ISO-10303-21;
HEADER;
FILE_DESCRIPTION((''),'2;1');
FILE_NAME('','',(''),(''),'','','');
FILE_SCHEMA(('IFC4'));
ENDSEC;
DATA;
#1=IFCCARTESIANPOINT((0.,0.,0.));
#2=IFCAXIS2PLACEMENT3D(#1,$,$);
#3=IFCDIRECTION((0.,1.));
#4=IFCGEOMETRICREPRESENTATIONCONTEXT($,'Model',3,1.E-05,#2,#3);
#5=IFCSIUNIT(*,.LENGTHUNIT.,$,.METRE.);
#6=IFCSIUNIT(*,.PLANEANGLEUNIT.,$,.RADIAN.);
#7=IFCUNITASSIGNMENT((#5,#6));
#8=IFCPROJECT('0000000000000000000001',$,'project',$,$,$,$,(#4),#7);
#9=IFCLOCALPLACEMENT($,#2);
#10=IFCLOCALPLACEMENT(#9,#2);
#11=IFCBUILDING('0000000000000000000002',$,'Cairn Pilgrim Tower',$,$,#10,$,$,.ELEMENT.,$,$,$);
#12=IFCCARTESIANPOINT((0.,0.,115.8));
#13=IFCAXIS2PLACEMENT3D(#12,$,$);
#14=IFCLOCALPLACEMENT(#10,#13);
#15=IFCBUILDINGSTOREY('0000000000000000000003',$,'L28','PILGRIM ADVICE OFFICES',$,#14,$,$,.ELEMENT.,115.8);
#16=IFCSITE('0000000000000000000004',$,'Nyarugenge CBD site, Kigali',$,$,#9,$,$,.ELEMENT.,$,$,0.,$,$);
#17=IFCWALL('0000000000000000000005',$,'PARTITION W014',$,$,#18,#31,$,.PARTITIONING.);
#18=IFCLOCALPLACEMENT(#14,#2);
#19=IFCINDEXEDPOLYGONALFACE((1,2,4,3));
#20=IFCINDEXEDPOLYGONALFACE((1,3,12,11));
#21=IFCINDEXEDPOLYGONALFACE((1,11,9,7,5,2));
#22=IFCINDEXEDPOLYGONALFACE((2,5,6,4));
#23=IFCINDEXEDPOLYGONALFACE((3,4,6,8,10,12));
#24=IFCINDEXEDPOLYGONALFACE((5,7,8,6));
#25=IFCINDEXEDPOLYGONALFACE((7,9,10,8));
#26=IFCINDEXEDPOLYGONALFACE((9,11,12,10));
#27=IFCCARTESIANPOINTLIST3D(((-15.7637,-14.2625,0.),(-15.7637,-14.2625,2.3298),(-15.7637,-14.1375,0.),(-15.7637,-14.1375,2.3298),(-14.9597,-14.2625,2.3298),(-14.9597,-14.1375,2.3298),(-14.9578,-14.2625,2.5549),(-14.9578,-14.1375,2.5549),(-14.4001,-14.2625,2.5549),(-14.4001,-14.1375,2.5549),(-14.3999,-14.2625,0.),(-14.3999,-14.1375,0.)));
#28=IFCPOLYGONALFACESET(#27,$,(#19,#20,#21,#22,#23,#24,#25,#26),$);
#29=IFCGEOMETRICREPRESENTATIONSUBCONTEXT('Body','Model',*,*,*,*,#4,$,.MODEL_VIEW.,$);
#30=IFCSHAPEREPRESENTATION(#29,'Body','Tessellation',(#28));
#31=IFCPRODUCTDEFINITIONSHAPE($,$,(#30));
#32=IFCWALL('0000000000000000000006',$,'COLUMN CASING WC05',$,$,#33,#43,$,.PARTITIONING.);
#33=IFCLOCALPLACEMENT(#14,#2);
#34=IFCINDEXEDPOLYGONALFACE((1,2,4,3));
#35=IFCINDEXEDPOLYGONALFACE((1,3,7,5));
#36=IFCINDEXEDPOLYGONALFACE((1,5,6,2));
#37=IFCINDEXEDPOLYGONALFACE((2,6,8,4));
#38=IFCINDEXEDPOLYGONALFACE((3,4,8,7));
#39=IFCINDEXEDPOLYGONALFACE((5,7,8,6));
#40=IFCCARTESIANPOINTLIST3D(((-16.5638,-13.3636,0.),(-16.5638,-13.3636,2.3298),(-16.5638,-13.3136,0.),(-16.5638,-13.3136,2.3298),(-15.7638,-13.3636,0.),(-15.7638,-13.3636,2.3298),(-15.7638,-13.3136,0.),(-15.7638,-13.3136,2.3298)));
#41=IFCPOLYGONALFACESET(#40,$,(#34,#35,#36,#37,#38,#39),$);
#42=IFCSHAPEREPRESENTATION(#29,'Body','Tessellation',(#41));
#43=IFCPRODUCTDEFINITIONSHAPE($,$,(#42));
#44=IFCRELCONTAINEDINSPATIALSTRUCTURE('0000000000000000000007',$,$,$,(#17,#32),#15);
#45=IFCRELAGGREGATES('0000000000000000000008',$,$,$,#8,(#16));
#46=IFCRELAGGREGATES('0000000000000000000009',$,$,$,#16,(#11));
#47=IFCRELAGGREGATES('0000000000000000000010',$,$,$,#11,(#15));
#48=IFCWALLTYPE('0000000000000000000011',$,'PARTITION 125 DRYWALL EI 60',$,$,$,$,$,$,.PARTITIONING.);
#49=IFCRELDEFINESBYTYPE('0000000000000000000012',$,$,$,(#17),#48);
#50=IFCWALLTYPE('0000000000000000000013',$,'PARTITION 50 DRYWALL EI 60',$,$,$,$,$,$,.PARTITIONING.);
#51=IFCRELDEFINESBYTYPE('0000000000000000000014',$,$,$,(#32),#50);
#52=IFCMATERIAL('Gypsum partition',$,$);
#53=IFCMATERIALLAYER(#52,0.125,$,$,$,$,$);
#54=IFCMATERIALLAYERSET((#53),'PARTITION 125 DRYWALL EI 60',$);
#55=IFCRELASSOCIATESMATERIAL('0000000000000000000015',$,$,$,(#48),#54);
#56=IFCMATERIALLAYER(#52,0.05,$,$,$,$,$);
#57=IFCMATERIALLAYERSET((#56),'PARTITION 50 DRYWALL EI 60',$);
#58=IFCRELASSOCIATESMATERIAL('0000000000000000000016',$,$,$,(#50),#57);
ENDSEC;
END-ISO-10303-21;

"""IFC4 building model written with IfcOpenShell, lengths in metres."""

from ifc_helpers import new_model, si_unit, direction, frame, frame_2d, origin, place, context, subcontext, project, spatial, polyline, rectangle, outline, extrude, material, layer, layer_set, type_object, element, save


model = new_model("IFC4")

# Units and contexts
model_context = context("Model", 3, precision=1e-05, world=origin(), true_north=direction((0.0, 1.0)))
body_context = subcontext(model_context, "Body", "Model", "MODEL_VIEW")
ifc_project = project(units=[si_unit("LENGTHUNIT", "METRE"), si_unit("PLANEANGLEUNIT", "RADIAN")], contexts=[model_context])

# Site, building, storey
site_placement = place(None, origin())
site = spatial("IfcSite", under=ifc_project, at=site_placement, Name="Nyarugenge CBD site, Kigali", CompositionType="ELEMENT", RefElevation=0.0)
building_placement = place(site_placement, origin())
building = spatial("IfcBuilding", under=site, at=building_placement, Name="Cairn Pilgrim Tower", CompositionType="ELEMENT")
storey_placement = place(building_placement, frame((0.0, 0.0, 115.8)))
storey = spatial("IfcBuildingStorey", under=building, at=storey_placement, Name="L28", Description="PILGRIM ADVICE OFFICES", CompositionType="ELEMENT", Elevation=115.8)

# Walls
ifc_material_1 = material(Name="Gypsum partition")
ifc_layer_1 = layer(ifc_material_1, 0.125)
ifc_layer_set_1 = layer_set([ifc_layer_1], Name="PARTITION 125 DRYWALL EI 60")
wall_type_1 = type_object("IfcWallType", Name="PARTITION 125 DRYWALL EI 60", PredefinedType="PARTITIONING", material=ifc_layer_set_1)
wall_1_placement = place(storey_placement, frame((-15.7637, -14.2, 0.0), z_axis=(0.0, 0.0, 1.0), x_axis=(1.0, 0.0, 0.0)))
element("IfcWall", 1, at=wall_1_placement, inside=storey, type_object=wall_type_1, Name="PARTITION W014", PredefinedType="PARTITIONING", context=body_context, shape_type="SweptSolid", body=[
    extrude(outline(polyline([(0.0, 0.0), (1.3638, 0.0), (1.3635, 2.5549), (0.8059, 2.5549), (0.804, 2.3298), (0.0, 2.3298), (0.0, 0.0)])), frame((0.0, 0.0625, 0.0), z_axis=(0.0, -1.0, 0.0), x_axis=(1.0, 0.0, 0.0)), (0.0, 0.0, 1.0), 0.125),
])
ifc_layer_2 = layer(ifc_material_1, 0.05)
ifc_layer_set_2 = layer_set([ifc_layer_2], Name="PARTITION 50 DRYWALL EI 60")
wall_type_2 = type_object("IfcWallType", Name="PARTITION 50 DRYWALL EI 60", PredefinedType="PARTITIONING", material=ifc_layer_set_2)
wall_2_placement = place(storey_placement, frame((-16.5637, -13.3386, 0.0), z_axis=(0.0, 0.0, 1.0), x_axis=(1.0, 0.0, 0.0)))
element("IfcWall", 2, at=wall_2_placement, inside=storey, type_object=wall_type_2, Name="COLUMN CASING WC05", PredefinedType="PARTITIONING", context=body_context, shape_type="SweptSolid", body=[
    extrude(rectangle(XDim=0.8, YDim=0.05, at=frame_2d((0.3999, 0.0))), origin(), (0.0, 0.0, 1.0), 2.3298),
])

save(model, "model.ifc")
